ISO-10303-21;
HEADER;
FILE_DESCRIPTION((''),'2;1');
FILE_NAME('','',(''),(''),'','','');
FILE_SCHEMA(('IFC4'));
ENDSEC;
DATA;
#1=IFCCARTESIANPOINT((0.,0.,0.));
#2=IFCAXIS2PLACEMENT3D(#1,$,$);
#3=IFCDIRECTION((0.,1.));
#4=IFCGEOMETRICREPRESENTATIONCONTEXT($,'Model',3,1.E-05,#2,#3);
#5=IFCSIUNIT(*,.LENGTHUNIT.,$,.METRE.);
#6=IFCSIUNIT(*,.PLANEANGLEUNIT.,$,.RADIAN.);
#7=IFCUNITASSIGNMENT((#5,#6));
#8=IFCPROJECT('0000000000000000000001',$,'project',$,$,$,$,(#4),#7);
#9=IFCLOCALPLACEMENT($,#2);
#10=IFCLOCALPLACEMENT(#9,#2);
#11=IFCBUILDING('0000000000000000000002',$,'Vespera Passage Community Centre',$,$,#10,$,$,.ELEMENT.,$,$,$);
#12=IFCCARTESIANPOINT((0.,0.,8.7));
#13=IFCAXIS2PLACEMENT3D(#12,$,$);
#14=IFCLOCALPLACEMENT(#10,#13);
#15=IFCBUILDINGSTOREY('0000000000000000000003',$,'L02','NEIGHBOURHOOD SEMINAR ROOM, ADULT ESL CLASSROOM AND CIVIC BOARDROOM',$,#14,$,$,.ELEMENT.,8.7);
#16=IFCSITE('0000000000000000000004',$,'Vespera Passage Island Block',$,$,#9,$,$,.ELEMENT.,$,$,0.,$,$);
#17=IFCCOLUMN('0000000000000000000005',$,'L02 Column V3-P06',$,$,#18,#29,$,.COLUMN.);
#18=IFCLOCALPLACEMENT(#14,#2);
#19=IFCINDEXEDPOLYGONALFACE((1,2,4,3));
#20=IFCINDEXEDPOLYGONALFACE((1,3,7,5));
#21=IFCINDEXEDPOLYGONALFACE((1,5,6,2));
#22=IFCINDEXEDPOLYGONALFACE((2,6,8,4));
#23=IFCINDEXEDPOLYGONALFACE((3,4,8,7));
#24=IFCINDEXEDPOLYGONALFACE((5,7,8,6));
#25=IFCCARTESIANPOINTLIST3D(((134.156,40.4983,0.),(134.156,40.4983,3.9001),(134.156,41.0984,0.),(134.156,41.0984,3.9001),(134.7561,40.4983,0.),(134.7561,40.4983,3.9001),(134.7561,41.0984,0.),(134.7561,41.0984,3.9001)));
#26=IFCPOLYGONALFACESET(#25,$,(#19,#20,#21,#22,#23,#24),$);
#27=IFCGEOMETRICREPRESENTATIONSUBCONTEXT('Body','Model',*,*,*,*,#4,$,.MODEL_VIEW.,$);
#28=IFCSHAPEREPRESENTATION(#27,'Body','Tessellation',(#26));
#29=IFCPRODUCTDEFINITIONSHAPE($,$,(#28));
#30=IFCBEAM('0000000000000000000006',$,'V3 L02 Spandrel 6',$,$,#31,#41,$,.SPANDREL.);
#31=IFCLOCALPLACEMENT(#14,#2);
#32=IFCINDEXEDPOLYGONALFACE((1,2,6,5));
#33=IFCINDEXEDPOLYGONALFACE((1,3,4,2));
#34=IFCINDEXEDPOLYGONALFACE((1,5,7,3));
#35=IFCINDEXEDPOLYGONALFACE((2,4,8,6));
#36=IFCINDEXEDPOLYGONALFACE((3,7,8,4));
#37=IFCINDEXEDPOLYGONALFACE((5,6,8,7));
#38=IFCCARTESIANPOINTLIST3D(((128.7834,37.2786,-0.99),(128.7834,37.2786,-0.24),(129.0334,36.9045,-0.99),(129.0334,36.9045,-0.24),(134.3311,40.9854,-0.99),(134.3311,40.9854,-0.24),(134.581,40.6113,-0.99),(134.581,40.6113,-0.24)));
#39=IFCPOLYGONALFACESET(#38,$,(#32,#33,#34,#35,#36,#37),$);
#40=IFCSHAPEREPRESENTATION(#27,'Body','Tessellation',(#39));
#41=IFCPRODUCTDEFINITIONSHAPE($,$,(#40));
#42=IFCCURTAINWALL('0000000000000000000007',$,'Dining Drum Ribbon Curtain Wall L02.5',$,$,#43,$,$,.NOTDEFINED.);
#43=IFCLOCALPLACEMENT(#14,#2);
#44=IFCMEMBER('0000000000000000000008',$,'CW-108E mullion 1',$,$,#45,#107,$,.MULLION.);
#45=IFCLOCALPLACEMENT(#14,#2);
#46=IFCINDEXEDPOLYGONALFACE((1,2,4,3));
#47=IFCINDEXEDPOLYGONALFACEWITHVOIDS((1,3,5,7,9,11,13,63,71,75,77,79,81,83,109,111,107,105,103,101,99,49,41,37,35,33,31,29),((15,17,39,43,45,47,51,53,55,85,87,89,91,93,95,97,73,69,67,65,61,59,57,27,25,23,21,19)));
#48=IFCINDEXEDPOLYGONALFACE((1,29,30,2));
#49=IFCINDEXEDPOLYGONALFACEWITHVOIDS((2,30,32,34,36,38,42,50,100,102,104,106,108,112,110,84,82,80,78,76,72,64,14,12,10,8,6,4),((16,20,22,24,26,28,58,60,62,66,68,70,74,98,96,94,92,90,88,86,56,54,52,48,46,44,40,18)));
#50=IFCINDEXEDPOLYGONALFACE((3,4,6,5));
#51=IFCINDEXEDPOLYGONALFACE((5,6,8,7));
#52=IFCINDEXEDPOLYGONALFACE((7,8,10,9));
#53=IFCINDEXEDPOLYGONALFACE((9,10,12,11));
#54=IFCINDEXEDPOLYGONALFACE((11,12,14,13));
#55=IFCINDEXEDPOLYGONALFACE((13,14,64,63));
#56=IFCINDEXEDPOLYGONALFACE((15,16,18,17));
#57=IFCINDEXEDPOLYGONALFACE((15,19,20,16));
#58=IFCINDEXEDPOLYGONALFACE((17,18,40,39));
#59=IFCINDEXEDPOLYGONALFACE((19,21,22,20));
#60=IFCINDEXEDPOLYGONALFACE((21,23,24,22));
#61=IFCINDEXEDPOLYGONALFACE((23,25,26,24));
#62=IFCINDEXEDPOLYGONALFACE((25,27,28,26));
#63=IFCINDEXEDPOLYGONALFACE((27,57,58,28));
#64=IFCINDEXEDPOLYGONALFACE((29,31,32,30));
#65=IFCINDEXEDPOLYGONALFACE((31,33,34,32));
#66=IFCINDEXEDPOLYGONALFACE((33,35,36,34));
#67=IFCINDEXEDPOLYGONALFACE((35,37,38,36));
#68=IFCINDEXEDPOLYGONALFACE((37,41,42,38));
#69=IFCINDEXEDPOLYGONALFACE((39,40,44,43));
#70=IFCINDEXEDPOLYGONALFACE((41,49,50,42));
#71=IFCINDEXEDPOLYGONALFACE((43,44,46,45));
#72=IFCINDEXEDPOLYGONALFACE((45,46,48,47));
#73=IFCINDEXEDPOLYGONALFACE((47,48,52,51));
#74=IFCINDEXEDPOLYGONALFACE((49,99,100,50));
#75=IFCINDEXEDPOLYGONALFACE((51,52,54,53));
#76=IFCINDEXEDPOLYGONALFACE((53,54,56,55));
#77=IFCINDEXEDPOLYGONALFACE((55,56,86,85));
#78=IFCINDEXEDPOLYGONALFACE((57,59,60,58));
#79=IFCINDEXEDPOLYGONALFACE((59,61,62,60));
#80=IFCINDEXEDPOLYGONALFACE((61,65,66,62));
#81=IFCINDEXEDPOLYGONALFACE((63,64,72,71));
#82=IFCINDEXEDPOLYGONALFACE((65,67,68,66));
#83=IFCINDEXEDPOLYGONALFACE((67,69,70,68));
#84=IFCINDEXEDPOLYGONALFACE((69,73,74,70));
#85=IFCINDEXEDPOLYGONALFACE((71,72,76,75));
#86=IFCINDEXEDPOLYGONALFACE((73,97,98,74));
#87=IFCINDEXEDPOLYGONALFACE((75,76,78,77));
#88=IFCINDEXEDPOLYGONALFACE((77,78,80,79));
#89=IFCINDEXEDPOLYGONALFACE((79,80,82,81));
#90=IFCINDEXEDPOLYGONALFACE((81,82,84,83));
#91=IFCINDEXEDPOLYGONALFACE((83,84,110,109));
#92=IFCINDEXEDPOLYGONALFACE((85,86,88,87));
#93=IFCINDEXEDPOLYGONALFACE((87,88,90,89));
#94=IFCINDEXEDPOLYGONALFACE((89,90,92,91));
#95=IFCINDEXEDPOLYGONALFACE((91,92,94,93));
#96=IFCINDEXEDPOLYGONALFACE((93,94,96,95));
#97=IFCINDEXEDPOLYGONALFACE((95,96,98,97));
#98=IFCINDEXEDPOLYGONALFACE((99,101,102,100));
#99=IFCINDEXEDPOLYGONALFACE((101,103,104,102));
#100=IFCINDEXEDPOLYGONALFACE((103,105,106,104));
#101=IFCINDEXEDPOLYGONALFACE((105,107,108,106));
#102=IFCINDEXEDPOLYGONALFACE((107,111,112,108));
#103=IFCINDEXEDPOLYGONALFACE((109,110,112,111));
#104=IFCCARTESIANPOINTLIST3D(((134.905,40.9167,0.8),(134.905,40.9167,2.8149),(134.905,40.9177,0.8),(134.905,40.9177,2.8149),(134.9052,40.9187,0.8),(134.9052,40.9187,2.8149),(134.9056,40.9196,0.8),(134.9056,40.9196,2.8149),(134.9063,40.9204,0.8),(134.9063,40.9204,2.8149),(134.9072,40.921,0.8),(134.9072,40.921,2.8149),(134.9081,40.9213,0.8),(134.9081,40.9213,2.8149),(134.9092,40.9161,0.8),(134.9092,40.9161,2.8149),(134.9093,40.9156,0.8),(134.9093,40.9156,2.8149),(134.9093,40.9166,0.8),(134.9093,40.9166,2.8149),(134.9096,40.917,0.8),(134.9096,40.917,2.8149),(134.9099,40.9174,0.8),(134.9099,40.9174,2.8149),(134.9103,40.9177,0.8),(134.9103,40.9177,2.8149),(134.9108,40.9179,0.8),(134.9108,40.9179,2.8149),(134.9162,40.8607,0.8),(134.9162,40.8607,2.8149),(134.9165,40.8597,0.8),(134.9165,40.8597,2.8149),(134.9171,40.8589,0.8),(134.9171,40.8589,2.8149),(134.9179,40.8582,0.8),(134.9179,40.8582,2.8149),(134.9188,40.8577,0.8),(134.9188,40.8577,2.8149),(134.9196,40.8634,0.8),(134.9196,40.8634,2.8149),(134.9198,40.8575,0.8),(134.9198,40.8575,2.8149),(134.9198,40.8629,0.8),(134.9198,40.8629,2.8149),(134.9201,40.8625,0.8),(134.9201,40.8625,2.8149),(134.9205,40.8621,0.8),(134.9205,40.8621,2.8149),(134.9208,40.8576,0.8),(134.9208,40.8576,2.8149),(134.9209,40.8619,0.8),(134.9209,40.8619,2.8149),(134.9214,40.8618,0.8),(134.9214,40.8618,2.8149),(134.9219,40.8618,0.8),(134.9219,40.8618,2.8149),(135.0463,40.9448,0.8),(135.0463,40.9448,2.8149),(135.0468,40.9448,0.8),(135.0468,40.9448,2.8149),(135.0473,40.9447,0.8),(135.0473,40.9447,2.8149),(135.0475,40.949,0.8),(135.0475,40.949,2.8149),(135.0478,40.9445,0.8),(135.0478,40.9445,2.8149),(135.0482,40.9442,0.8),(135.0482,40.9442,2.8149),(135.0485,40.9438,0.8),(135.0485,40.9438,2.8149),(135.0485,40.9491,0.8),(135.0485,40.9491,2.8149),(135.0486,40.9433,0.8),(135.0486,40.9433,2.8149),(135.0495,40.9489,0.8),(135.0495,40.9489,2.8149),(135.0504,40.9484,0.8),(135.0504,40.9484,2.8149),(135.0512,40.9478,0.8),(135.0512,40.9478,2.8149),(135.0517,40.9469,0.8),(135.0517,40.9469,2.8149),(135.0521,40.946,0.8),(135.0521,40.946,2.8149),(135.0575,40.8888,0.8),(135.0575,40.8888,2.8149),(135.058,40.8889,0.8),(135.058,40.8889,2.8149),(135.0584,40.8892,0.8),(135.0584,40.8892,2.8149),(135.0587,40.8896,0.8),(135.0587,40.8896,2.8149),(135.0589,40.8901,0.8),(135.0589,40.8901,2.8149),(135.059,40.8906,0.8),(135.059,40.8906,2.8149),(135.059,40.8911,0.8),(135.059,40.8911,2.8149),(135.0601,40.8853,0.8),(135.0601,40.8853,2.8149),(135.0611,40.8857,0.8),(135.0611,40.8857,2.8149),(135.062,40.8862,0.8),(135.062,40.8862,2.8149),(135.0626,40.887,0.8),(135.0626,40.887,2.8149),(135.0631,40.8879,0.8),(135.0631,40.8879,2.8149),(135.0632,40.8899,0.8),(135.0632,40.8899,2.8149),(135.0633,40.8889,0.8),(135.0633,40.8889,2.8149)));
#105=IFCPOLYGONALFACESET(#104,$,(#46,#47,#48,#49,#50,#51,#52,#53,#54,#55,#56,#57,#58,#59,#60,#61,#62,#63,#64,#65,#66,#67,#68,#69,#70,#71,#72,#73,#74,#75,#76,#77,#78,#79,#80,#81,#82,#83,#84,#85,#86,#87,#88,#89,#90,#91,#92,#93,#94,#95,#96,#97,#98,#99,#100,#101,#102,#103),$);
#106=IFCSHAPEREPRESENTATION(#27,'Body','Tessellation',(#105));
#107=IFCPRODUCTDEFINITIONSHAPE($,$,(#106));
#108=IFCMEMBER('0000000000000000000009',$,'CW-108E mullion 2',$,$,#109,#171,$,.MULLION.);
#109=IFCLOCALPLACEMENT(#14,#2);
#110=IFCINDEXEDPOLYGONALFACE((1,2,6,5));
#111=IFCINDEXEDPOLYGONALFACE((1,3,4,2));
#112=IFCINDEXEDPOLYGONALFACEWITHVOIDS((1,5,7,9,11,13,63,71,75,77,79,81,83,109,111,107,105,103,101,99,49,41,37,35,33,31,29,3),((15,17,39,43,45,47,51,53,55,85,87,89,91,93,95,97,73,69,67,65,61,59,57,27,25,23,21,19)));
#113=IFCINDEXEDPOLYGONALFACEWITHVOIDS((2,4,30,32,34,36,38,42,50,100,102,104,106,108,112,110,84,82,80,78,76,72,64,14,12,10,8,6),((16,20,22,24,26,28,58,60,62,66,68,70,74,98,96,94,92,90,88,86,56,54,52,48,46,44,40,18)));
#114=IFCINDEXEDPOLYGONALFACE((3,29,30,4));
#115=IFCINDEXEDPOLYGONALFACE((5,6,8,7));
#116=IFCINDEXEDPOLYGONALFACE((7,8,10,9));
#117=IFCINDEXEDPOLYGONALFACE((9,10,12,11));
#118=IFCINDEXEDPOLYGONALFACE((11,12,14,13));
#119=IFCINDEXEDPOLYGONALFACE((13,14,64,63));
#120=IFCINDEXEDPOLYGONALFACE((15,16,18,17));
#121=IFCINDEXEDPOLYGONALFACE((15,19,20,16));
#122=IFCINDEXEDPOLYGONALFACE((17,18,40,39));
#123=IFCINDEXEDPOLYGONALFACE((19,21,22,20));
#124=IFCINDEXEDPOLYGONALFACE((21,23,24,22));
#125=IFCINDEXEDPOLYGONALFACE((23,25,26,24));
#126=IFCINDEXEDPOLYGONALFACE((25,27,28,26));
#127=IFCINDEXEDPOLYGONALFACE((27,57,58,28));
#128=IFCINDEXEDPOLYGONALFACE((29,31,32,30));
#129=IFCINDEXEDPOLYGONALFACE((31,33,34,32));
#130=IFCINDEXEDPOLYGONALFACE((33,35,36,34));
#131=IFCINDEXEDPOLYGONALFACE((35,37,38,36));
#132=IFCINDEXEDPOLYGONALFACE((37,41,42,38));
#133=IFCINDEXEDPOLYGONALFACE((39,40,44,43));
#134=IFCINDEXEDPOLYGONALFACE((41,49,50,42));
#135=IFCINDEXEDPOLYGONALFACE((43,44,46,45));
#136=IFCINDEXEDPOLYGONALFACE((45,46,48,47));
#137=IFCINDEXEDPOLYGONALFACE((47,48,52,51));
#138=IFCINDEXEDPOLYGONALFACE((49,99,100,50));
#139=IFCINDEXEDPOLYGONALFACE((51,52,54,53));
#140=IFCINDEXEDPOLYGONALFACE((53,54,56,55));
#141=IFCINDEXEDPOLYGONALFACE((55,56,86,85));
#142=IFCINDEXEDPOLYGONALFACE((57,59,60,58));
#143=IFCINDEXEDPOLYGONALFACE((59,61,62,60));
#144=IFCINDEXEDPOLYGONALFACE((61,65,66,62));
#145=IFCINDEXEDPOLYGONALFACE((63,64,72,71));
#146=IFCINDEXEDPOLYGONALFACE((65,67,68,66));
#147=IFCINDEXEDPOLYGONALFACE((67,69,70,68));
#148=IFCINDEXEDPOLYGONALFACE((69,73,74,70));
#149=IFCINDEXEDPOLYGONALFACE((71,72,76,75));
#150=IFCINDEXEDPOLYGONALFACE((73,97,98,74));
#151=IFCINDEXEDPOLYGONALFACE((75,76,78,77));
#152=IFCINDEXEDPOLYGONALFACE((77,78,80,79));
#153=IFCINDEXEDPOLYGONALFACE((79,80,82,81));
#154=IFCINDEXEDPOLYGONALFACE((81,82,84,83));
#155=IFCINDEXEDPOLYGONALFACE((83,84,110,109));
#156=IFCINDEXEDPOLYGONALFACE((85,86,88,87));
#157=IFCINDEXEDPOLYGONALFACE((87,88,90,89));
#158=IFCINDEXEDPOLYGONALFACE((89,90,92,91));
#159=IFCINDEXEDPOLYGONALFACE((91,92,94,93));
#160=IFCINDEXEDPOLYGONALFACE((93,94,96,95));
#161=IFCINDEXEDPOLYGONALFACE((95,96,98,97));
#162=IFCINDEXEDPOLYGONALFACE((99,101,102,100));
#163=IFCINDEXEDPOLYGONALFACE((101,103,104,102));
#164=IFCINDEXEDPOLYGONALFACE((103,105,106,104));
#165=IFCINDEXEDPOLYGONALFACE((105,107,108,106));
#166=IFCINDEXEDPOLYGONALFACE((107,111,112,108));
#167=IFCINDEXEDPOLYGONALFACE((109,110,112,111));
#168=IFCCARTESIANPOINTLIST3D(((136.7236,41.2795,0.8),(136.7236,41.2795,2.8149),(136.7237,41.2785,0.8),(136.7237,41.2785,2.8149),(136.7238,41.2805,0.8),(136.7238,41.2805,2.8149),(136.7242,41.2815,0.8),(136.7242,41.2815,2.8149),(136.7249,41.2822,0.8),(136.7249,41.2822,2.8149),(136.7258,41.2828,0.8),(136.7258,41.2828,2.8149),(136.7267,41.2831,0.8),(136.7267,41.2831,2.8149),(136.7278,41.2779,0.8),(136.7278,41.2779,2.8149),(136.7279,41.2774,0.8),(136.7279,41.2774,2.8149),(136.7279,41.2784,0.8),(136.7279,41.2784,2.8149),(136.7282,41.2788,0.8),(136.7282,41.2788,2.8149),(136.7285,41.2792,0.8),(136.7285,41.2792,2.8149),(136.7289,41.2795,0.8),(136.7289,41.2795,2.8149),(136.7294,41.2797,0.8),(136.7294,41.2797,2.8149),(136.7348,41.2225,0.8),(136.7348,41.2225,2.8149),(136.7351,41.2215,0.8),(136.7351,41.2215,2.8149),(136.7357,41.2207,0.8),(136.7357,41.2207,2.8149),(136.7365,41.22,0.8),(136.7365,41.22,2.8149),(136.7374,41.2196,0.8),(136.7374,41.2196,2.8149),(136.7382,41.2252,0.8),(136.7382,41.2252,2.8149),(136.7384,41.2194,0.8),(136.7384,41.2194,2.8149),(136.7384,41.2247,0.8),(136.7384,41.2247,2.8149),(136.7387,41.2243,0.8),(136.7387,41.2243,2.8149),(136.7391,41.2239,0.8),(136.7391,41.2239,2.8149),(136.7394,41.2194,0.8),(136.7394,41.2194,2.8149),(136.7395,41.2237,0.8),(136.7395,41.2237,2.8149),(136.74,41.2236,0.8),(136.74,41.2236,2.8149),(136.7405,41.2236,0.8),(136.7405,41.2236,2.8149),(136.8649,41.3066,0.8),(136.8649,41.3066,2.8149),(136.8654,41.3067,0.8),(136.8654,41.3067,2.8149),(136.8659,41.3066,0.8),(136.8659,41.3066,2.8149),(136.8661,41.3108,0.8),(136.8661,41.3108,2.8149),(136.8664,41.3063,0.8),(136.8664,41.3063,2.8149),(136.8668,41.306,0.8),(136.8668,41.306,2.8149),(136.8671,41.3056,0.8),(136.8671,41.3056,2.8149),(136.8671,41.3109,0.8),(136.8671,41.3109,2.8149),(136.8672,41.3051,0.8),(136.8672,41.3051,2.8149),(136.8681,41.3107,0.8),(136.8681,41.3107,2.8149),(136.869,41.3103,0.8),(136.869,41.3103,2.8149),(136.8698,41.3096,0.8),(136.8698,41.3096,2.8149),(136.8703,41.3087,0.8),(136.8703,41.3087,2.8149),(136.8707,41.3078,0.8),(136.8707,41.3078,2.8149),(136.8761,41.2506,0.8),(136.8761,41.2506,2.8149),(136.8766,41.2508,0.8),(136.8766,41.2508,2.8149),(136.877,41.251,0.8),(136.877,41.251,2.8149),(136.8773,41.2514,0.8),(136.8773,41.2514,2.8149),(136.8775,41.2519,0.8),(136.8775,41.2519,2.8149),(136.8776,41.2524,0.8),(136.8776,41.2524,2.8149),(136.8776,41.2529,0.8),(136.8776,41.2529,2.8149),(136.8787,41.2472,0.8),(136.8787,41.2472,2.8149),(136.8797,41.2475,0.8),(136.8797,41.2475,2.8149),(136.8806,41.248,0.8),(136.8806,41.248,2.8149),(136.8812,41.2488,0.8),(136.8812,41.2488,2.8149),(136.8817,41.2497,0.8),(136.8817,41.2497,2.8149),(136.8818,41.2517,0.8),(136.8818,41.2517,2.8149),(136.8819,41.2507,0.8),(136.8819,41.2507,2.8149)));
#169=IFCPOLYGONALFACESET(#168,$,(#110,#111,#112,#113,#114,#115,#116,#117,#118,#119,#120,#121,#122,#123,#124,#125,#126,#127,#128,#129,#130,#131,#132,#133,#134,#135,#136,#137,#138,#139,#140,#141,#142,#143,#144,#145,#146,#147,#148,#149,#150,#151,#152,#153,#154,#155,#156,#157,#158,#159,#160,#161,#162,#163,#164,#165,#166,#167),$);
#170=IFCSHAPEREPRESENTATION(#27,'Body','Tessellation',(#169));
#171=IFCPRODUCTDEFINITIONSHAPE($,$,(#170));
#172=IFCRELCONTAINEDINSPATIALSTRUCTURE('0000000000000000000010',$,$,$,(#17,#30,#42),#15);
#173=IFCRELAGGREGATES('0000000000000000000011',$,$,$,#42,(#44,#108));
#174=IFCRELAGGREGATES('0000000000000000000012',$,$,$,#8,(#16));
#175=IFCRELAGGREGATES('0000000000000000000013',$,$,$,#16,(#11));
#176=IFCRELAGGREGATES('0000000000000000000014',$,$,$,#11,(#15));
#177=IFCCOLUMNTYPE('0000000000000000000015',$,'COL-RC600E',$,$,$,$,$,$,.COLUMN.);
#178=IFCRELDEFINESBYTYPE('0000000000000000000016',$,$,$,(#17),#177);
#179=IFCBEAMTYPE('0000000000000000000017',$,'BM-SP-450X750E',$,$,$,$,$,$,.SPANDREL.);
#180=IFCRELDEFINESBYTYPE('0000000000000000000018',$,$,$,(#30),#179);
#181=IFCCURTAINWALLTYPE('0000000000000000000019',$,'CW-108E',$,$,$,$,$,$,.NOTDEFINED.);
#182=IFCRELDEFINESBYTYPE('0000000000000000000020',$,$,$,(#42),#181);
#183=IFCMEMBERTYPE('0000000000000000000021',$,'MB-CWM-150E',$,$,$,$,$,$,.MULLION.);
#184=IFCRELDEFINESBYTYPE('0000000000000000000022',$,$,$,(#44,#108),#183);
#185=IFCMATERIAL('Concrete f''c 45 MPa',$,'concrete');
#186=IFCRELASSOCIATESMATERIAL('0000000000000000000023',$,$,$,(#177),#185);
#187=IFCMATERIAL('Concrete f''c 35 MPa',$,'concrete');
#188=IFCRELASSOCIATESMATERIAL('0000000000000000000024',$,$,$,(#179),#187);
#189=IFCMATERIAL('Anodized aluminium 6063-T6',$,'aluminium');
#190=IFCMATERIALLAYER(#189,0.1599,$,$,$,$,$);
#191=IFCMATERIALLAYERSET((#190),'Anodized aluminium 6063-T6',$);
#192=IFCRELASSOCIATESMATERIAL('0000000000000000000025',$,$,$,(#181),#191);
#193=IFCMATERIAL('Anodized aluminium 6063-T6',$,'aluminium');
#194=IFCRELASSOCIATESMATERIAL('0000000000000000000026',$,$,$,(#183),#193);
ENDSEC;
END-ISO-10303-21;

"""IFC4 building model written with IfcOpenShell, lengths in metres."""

from ifc_helpers import new_model, si_unit, direction, frame, origin, origin_2d, place, context, subcontext, project, spatial, rectangle, hollow_rectangle, extrude, material, layer, layer_set, material_profile, profile_set, type_object, element, aggregate, save


model = new_model("IFC4")

# Units and contexts
model_context = context("Model", 3, precision=1e-05, world=origin(), true_north=direction((0.0, 1.0)))
body_context = subcontext(model_context, "Body", "Model", "MODEL_VIEW")
ifc_project = project(units=[si_unit("LENGTHUNIT", "METRE"), si_unit("PLANEANGLEUNIT", "RADIAN")], contexts=[model_context])

# Site, building, storey
site_placement = place(None, origin())
site = spatial("IfcSite", under=ifc_project, at=site_placement, Name="Vespera Passage Island Block", CompositionType="ELEMENT", RefElevation=0.0)
building_placement = place(site_placement, origin())
building = spatial("IfcBuilding", under=site, at=building_placement, Name="Vespera Passage Community Centre", CompositionType="ELEMENT")
storey_placement = place(building_placement, frame((0.0, 0.0, 8.7)))
storey = spatial("IfcBuildingStorey", under=building, at=storey_placement, Name="L02", Description="NEIGHBOURHOOD SEMINAR ROOM, ADULT ESL CLASSROOM AND CIVIC BOARDROOM", CompositionType="ELEMENT", Elevation=8.7)

# Column
ifc_material_1 = material(Name="Concrete f'c 45 MPa", Category="concrete")
ifc_material_profile_1 = material_profile(ifc_material_1, rectangle(XDim=0.6001, YDim=0.6001, at=origin_2d()), Name="RC600X600")
ifc_profile_set_1 = profile_set([ifc_material_profile_1], Name="Concrete f'c 45 MPa")
column_type = type_object("IfcColumnType", Name="COL-RC600E", PredefinedType="COLUMN", material=ifc_profile_set_1)
column_placement = place(storey_placement, frame((134.4561, 40.7983, 0.0), z_axis=(0.0, 0.0, 1.0), x_axis=(1.0, 0.0, 0.0)))
element("IfcColumn", 1, at=column_placement, inside=storey, type_object=column_type, Name="L02 Column V3-P06", PredefinedType="COLUMN", context=body_context, shape_type="SweptSolid", body=[
    extrude(rectangle(XDim=0.6001, YDim=0.6001, at=origin_2d()), origin(), (0.0, 0.0, 1.0), 3.9001),
])

# Beam
ifc_material_2 = material(Name="Concrete f'c 35 MPa", Category="concrete")
ifc_material_profile_2 = material_profile(ifc_material_2, rectangle(XDim=0.45, YDim=0.75, at=origin_2d()), Name="RC450X750")
ifc_profile_set_2 = profile_set([ifc_material_profile_2], Name="Concrete f'c 35 MPa")
beam_type = type_object("IfcBeamType", Name="BM-SP-450X750E", PredefinedType="SPANDREL", material=ifc_profile_set_2)
beam_placement = place(storey_placement, frame((134.4561, 40.7983, -0.615), z_axis=(-0.83147, -0.55557, 0.0), x_axis=(0.55557, -0.83147, 0.0)))
element("IfcBeam", 2, at=beam_placement, inside=storey, type_object=beam_type, Name="V3 L02 Spandrel 6", PredefinedType="SPANDREL", context=body_context, shape_type="SweptSolid", body=[
    extrude(rectangle(XDim=0.45, YDim=0.75, at=origin_2d()), origin(), (0.0, 0.0, 1.0), 6.6721),
])

# Curtain wall, members
ifc_material_3 = material(Name="Anodized aluminium 6063-T6", Category="aluminium")
ifc_layer_1 = layer(ifc_material_3, 0.1599)
ifc_layer_set_1 = layer_set([ifc_layer_1], Name="Anodized aluminium 6063-T6")
curtain_wall_type_1 = type_object("IfcCurtainWallType", Name="CW-108E", PredefinedType="NOTDEFINED", material=ifc_layer_set_1)
curtain_wall_1_placement = place(storey_placement, origin())
curtain_wall_1 = element("IfcCurtainWall", 3, at=curtain_wall_1_placement, inside=storey, type_object=curtain_wall_type_1, Name="Dining Drum Ribbon Curtain Wall L02.5", PredefinedType="NOTDEFINED")
ifc_material_4 = material(Name="Anodized aluminium 6063-T6", Category="aluminium")
ifc_material_profile_3 = material_profile(ifc_material_4, hollow_rectangle(XDim=0.0649, YDim=0.1499, WallThickness=0.0039, InnerFilletRadius=0.002, OuterFilletRadius=0.0039, at=origin_2d()), Name="ALU150X65X4")
ifc_profile_set_3 = profile_set([ifc_material_profile_3], Name="Anodized aluminium 6063-T6")
member_type_1 = type_object("IfcMemberType", Name="MB-CWM-150E", PredefinedType="MULLION", material=ifc_profile_set_3)
member_1_placement = place(storey_placement, frame((134.9841, 40.9033, 0.8), z_axis=(0.0, 0.0, 1.0), x_axis=(-0.195097, 0.980784, 0.0)))
member_1 = element("IfcMember", 4, at=member_1_placement, type_object=member_type_1, Name="CW-108E mullion 1", PredefinedType="MULLION", context=body_context, shape_type="SweptSolid", body=[
    extrude(hollow_rectangle(XDim=0.0649, YDim=0.1499, WallThickness=0.0039, InnerFilletRadius=0.002, OuterFilletRadius=0.0039, at=origin_2d()), origin(), (0.0, 0.0, 1.0), 2.0149),
])
member_2_placement = place(storey_placement, frame((136.8027, 41.2651, 0.8), z_axis=(0.0, 0.0, 1.0), x_axis=(-0.195097, 0.980784, 0.0)))
member_2 = element("IfcMember", 5, at=member_2_placement, type_object=member_type_1, Name="CW-108E mullion 2", PredefinedType="MULLION", context=body_context, shape_type="SweptSolid", body=[
    extrude(hollow_rectangle(XDim=0.0649, YDim=0.1499, WallThickness=0.0039, InnerFilletRadius=0.002, OuterFilletRadius=0.0039, at=origin_2d()), origin(), (0.0, 0.0, 1.0), 2.0149),
])

aggregate(curtain_wall_1, [member_1, member_2])

save(model, "model.ifc")
